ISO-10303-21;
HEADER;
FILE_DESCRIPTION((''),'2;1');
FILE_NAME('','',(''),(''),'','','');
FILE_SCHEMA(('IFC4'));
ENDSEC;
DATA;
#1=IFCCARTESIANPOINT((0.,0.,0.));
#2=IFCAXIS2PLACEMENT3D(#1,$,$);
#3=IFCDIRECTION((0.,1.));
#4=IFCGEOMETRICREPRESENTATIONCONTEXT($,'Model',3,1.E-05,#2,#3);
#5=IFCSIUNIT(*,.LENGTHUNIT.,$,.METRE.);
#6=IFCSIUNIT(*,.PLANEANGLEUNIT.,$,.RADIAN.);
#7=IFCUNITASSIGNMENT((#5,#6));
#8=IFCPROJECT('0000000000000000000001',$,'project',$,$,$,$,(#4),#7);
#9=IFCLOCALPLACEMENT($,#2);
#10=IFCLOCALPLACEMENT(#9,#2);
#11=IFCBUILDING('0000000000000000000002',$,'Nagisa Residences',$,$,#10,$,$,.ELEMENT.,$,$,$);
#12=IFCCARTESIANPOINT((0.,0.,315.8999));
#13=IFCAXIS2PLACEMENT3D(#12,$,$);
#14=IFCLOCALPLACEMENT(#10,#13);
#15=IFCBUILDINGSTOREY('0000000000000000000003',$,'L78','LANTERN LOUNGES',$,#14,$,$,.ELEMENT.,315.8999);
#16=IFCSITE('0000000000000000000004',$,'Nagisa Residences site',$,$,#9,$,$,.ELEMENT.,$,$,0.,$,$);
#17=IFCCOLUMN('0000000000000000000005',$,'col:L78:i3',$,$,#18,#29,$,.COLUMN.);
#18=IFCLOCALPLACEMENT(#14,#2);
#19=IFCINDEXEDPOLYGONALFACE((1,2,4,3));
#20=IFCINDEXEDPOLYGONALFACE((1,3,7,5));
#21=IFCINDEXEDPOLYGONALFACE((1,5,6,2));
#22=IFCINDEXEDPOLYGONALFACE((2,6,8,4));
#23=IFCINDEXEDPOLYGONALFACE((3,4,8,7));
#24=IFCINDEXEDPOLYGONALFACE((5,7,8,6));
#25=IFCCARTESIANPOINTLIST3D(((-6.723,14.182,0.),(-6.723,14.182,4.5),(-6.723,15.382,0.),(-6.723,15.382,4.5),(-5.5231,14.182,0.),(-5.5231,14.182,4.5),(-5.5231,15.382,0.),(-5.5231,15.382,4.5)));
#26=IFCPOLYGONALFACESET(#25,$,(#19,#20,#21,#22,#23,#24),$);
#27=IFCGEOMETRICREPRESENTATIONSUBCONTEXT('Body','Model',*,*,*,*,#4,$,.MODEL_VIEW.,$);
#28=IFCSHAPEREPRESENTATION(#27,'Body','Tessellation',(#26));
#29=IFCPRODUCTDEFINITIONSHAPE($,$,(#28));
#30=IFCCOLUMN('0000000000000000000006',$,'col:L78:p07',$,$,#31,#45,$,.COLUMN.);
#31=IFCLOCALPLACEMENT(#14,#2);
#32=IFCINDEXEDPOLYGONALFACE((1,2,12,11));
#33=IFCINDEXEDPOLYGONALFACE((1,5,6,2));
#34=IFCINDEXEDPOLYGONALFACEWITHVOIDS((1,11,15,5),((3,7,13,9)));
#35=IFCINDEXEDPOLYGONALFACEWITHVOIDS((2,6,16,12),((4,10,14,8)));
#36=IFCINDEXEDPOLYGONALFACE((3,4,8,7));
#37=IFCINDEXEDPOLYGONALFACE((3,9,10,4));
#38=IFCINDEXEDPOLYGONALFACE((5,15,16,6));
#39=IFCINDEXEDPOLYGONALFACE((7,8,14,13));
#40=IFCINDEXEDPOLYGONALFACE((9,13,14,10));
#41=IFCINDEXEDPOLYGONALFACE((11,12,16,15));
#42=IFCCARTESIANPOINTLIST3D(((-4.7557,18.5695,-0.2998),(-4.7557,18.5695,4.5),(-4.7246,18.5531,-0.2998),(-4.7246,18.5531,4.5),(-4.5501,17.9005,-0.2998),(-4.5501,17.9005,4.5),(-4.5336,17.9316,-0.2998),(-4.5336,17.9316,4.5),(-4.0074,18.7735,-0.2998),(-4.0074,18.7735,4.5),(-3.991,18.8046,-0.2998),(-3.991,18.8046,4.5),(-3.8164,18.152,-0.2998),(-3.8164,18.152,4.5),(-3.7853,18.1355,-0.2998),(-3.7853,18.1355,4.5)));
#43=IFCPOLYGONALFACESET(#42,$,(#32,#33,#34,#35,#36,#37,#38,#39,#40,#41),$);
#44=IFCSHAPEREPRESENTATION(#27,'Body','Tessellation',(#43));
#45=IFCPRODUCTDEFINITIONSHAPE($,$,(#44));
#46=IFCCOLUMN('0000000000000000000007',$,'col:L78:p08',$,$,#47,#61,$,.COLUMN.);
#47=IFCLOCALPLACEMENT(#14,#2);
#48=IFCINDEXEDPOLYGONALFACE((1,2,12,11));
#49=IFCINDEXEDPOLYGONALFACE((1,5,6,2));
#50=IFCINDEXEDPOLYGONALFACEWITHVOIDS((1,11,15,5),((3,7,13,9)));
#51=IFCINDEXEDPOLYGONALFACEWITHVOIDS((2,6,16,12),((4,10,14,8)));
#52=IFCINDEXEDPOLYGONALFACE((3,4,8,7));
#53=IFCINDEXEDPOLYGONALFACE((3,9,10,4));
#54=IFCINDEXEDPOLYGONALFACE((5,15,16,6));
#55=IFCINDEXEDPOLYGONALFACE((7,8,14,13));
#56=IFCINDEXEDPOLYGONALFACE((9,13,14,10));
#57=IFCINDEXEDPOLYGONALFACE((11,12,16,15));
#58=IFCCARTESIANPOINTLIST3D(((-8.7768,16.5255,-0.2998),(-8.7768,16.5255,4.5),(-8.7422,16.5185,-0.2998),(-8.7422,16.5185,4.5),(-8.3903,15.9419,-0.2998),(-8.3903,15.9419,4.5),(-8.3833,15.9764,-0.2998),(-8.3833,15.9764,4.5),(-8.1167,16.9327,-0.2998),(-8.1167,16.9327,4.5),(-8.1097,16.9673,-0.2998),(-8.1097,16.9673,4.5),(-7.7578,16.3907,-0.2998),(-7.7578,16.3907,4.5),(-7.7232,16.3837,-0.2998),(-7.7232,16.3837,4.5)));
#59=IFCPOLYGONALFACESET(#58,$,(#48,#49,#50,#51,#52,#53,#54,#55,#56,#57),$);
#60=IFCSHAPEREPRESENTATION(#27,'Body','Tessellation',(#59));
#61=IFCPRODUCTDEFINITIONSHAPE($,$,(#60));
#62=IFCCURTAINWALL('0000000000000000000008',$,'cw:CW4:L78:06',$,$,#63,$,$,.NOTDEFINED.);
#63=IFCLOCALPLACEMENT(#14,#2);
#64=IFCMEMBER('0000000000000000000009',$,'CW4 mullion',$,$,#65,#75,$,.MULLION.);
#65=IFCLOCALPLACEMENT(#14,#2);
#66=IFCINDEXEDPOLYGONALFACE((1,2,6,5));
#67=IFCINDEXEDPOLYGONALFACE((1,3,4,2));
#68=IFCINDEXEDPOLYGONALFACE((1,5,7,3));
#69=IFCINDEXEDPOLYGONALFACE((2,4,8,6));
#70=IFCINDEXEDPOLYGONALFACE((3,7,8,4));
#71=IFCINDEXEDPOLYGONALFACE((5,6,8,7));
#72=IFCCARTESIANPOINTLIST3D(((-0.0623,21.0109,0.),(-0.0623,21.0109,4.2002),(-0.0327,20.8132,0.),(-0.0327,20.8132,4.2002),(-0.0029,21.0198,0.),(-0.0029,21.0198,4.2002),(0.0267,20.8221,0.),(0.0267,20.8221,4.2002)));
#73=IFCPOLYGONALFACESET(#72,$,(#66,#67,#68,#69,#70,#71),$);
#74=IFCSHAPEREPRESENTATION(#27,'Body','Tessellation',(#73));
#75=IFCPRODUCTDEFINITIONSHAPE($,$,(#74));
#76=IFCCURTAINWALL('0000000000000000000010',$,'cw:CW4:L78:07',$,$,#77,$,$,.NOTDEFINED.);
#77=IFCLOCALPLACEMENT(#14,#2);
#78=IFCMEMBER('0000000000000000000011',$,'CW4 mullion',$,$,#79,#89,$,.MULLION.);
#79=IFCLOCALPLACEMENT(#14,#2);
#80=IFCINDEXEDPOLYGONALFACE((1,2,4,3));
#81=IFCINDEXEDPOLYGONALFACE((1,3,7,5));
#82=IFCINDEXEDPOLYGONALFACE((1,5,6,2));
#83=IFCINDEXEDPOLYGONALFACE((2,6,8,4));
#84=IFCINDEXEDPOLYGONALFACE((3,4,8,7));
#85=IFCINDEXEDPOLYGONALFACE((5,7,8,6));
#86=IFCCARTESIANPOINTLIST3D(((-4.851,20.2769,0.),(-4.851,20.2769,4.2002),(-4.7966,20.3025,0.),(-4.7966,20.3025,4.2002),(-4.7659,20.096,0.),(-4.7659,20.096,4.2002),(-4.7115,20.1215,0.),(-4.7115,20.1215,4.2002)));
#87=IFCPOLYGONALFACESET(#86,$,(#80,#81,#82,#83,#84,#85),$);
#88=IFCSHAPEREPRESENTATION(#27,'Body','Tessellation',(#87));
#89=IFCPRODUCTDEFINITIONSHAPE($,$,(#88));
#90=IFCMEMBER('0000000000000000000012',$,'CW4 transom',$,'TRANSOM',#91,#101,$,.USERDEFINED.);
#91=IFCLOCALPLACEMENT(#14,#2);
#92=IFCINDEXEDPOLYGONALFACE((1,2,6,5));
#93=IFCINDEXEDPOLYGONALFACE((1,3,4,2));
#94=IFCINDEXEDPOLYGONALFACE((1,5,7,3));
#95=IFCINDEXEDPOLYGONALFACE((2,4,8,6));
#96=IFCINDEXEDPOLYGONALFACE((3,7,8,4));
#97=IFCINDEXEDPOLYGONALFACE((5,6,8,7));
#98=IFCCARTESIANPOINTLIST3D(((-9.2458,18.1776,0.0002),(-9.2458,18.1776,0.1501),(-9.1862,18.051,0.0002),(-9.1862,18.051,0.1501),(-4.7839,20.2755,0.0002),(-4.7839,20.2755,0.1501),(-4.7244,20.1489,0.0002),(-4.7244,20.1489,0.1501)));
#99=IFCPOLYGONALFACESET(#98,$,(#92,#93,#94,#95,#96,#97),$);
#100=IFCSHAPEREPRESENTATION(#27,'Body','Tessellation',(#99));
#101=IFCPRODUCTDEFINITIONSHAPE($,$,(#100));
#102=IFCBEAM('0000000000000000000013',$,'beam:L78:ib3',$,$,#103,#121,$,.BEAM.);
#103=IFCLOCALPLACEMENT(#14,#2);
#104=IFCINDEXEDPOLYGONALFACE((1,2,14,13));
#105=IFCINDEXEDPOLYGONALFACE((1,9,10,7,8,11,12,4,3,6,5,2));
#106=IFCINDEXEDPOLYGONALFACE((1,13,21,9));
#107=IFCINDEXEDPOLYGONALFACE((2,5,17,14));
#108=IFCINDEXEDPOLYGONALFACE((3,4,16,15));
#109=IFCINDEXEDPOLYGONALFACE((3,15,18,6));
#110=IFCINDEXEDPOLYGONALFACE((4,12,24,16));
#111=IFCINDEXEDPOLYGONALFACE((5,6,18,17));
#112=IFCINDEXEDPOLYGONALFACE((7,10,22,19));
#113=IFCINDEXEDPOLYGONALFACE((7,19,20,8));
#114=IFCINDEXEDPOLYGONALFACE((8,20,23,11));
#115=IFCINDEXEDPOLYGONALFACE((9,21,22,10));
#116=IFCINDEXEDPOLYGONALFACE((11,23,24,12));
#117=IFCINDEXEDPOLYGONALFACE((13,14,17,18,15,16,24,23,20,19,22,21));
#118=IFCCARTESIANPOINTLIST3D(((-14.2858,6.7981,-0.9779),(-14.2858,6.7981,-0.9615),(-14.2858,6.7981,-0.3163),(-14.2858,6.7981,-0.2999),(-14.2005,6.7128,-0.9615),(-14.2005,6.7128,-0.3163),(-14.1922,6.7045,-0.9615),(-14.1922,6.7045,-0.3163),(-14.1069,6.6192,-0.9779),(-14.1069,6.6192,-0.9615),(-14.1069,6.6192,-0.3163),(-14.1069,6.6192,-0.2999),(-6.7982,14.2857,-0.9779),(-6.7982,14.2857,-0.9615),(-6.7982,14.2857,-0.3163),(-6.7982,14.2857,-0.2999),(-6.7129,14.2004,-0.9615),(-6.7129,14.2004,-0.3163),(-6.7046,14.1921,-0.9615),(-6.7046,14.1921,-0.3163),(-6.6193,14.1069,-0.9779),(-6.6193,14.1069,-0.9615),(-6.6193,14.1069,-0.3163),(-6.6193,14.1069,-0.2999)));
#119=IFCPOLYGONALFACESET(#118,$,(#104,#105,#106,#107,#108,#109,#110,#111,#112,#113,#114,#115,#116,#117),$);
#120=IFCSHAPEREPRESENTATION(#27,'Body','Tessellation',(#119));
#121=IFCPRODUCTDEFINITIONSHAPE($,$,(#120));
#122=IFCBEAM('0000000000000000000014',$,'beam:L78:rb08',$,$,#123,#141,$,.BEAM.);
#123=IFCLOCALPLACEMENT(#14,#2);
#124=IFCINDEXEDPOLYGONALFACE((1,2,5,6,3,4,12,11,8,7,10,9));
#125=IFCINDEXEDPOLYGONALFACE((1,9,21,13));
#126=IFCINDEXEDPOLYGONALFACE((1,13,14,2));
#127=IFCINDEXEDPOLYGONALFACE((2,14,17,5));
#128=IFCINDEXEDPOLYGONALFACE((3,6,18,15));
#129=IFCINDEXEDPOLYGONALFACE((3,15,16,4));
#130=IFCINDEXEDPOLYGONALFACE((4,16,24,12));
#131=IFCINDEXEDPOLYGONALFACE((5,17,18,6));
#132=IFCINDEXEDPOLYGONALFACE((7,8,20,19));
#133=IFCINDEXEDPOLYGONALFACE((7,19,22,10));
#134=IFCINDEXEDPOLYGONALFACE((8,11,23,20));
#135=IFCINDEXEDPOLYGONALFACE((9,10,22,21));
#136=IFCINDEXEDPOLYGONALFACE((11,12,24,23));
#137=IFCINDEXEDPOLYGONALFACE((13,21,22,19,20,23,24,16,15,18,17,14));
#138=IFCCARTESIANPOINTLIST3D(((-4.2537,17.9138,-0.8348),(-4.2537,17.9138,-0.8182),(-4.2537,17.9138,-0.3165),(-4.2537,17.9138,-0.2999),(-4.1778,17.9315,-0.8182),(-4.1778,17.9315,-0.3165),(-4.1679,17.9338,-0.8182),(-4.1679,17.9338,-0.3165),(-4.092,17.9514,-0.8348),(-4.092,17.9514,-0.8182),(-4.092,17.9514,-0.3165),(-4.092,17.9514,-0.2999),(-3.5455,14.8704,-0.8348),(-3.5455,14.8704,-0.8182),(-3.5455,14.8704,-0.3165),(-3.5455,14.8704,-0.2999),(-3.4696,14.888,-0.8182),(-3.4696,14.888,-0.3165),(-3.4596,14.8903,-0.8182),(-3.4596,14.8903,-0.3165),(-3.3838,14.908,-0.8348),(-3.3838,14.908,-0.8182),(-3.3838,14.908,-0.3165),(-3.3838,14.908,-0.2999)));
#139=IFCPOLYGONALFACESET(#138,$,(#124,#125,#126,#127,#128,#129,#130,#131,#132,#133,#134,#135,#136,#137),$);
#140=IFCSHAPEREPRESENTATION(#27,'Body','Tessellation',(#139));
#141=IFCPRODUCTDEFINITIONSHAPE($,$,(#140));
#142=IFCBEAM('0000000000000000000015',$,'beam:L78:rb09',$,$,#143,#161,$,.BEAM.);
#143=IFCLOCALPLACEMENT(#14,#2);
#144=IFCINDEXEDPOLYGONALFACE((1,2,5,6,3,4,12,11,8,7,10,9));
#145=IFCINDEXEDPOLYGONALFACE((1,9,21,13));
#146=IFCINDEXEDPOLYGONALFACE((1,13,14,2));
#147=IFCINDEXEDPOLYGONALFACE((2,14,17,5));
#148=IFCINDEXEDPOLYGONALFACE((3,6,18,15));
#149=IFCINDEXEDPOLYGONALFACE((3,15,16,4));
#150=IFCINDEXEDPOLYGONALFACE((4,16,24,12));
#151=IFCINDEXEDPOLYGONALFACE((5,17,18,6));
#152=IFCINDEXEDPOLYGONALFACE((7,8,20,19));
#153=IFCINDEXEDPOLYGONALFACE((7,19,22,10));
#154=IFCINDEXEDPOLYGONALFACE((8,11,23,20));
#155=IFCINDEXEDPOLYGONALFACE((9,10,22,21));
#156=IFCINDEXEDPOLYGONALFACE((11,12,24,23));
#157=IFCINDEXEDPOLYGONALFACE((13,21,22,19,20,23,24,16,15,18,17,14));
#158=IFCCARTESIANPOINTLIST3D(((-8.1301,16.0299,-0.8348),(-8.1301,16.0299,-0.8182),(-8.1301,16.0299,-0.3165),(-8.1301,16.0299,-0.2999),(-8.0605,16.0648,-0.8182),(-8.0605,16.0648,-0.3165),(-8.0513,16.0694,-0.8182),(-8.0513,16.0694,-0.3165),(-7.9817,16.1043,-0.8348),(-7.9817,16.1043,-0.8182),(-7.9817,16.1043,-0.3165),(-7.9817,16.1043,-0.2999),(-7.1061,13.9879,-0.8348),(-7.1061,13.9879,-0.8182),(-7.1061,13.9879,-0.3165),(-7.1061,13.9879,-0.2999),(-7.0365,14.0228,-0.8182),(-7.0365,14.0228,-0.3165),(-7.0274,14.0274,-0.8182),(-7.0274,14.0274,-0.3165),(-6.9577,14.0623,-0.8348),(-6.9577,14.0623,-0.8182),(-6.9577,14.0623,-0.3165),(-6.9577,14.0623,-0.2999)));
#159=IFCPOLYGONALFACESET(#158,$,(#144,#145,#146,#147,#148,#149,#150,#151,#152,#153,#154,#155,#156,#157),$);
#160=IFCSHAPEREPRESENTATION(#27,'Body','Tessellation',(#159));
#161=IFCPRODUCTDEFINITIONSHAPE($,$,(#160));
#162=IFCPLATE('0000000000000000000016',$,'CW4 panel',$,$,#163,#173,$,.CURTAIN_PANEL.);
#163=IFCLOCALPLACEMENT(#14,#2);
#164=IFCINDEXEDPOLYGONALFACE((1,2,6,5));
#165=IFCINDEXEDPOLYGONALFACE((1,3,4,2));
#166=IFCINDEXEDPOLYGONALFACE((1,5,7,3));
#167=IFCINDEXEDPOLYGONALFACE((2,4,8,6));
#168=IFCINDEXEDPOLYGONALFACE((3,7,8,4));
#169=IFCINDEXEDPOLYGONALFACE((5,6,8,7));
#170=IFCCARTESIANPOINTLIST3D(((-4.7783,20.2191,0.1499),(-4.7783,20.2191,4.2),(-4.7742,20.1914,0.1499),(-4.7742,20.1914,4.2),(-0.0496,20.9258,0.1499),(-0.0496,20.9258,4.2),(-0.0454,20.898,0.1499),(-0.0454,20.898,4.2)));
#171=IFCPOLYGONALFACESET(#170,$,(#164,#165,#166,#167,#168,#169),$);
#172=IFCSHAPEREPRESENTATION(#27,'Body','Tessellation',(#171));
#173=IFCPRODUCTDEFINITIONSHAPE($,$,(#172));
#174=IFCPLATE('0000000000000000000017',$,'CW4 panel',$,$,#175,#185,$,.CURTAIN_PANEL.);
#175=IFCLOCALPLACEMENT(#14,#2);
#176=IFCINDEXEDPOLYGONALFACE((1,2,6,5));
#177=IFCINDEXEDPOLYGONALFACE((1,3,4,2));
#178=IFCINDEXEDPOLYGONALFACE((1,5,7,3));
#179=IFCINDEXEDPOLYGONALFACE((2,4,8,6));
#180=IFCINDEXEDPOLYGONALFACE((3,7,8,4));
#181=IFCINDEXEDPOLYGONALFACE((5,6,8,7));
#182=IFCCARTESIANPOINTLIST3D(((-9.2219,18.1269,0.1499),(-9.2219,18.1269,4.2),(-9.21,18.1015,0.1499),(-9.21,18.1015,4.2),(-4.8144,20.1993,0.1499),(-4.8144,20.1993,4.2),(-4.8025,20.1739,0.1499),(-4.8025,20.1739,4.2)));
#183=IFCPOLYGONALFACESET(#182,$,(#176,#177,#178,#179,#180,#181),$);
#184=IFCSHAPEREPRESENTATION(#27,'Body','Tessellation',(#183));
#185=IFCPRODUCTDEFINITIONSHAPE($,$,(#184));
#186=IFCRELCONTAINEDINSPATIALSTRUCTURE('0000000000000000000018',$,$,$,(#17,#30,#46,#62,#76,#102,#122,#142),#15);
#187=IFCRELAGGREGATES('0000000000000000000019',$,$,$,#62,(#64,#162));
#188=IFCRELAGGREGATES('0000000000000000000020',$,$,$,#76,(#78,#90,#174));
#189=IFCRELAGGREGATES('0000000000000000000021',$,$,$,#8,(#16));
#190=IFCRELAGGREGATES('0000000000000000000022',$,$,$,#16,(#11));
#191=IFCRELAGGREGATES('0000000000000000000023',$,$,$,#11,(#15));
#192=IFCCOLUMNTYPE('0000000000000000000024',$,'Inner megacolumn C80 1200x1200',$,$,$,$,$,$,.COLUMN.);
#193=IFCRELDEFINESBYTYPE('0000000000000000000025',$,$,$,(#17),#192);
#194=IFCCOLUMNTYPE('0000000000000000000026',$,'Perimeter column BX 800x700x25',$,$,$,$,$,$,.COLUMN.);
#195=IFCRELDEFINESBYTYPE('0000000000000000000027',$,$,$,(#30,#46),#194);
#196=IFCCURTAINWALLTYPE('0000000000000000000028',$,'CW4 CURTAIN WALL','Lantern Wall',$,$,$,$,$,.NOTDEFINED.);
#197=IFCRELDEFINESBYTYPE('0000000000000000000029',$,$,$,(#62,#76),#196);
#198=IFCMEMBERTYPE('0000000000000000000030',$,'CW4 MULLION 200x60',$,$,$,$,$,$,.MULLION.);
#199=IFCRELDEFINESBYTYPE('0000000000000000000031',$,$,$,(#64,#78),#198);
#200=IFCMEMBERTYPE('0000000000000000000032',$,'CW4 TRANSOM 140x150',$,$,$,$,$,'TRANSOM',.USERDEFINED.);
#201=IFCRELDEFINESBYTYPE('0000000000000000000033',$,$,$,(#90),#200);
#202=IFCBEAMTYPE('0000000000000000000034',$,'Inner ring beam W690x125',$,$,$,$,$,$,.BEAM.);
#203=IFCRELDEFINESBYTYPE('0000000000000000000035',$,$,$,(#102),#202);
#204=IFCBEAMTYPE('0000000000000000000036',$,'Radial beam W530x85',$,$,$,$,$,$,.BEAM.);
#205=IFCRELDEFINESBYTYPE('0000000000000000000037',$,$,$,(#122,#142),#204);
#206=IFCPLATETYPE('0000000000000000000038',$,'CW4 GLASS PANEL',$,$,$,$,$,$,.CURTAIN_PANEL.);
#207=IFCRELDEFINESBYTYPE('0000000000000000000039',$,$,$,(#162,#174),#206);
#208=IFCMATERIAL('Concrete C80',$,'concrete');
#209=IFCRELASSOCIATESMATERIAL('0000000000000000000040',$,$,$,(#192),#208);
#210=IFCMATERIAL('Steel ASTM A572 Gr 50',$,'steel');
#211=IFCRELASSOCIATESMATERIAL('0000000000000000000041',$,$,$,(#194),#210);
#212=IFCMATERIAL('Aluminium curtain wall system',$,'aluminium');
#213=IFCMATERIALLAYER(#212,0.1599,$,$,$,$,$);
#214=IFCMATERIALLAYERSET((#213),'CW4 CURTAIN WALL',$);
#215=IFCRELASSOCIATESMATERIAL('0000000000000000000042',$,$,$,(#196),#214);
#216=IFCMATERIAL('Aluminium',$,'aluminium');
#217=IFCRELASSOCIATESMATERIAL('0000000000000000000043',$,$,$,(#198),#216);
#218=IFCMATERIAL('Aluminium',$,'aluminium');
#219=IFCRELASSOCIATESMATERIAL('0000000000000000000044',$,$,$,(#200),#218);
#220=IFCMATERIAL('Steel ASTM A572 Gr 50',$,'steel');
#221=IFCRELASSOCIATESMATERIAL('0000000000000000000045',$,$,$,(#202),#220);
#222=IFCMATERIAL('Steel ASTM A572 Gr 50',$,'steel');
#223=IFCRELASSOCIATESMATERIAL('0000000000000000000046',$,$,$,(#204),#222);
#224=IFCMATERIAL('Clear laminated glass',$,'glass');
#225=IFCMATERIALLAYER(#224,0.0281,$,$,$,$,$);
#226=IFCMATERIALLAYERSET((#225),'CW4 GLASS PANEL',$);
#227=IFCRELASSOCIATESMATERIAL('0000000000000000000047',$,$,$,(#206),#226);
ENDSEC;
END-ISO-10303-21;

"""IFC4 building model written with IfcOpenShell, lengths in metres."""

from ifc_helpers import new_model, si_unit, direction, frame, origin, origin_2d, place, context, subcontext, project, spatial, rectangle, hollow_rectangle, i_section, extrude, material, layer, layer_set, material_profile, profile_set, type_object, element, aggregate, save


model = new_model("IFC4")

# Units and contexts
model_context = context("Model", 3, precision=1e-05, world=origin(), true_north=direction((0.0, 1.0)))
body_context = subcontext(model_context, "Body", "Model", "MODEL_VIEW")
ifc_project = project(units=[si_unit("LENGTHUNIT", "METRE"), si_unit("PLANEANGLEUNIT", "RADIAN")], contexts=[model_context])

# Site, building, storey
site_placement = place(None, origin())
site = spatial("IfcSite", under=ifc_project, at=site_placement, Name="Nagisa Residences site", CompositionType="ELEMENT", RefElevation=0.0)
building_placement = place(site_placement, origin())
building = spatial("IfcBuilding", under=site, at=building_placement, Name="Nagisa Residences", CompositionType="ELEMENT")
storey_placement = place(building_placement, frame((0.0, 0.0, 315.8999)))
storey = spatial("IfcBuildingStorey", under=building, at=storey_placement, Name="L78", Description="LANTERN LOUNGES", CompositionType="ELEMENT", Elevation=315.8999)

# Columns
ifc_material_1 = material(Name="Concrete C80", Category="concrete")
ifc_material_profile_1 = material_profile(ifc_material_1, rectangle(XDim=1.2, YDim=1.2, at=origin_2d()), Name="C80 1200x1200")
ifc_profile_set_1 = profile_set([ifc_material_profile_1], Name="Concrete C80")
column_type_1 = type_object("IfcColumnType", Name="Inner megacolumn C80 1200x1200", PredefinedType="COLUMN", material=ifc_profile_set_1)
column_placement = place(storey_placement, frame((-6.123, 14.782, 0.0), z_axis=(0.0, 0.0, 1.0), x_axis=(1.0, 0.0, 0.0)))
element("IfcColumn", 1, at=column_placement, inside=storey, type_object=column_type_1, Name="col:L78:i3", PredefinedType="COLUMN", context=body_context, shape_type="SweptSolid", body=[
    extrude(rectangle(XDim=1.2, YDim=1.2, at=origin_2d()), origin(), (0.0, 0.0, 1.0), 4.5),
])
ifc_material_2 = material(Name="Steel ASTM A572 Gr 50", Category="steel")
ifc_material_profile_2 = material_profile(ifc_material_2, hollow_rectangle(XDim=0.8, YDim=0.7, WallThickness=0.0249, at=origin_2d()), Name="BX 800x700x25")
ifc_profile_set_2 = profile_set([ifc_material_profile_2], Name="Steel ASTM A572 Gr 50")
column_type_2 = type_object("IfcColumnType", Name="Perimeter column BX 800x700x25", PredefinedType="COLUMN", material=ifc_profile_set_2)
for number, where, z_axis, x_axis, name in (
    (2, (-4.2705, 18.3525, -0.2998), (0.0, 0.0, 1.0), (-0.95587, -0.29379, 0.0), "col:L78:p07"),
    (3, (-8.25, 16.4546, -0.2998), (0.0, 0.0, 1.0), (-0.833744, -0.552151, 0.0), "col:L78:p08"),
):
    element("IfcColumn", number, at=place(storey_placement, frame(where, z_axis=z_axis, x_axis=x_axis)), inside=storey, type_object=column_type_2, Name=name, PredefinedType="COLUMN", context=body_context, shape_type="SweptSolid", body=[
        extrude(hollow_rectangle(XDim=0.8, YDim=0.7, WallThickness=0.0249, at=origin_2d()), origin(), (0.0, 0.0, 1.0), 4.7998),
    ])

# Curtain wall, member
ifc_material_3 = material(Name="Aluminium curtain wall system", Category="aluminium")
ifc_layer_1 = layer(ifc_material_3, 0.1599)
ifc_layer_set_1 = layer_set([ifc_layer_1], Name="CW4 CURTAIN WALL")
curtain_wall_type = type_object("IfcCurtainWallType", Name="CW4 CURTAIN WALL", Description="Lantern Wall", PredefinedType="NOTDEFINED", material=ifc_layer_set_1)
curtain_wall_1_placement = place(storey_placement, origin())
curtain_wall_1 = element("IfcCurtainWall", 4, at=curtain_wall_1_placement, inside=storey, type_object=curtain_wall_type, Name="cw:CW4:L78:06", PredefinedType="NOTDEFINED")
ifc_material_4 = material(Name="Aluminium", Category="aluminium")
ifc_material_profile_3 = material_profile(ifc_material_4, rectangle(XDim=0.2, YDim=0.0601, at=origin_2d()), Name="CW4 MULLION 200x60")
ifc_profile_set_3 = profile_set([ifc_material_profile_3], Name="Aluminium")
member_type_1 = type_object("IfcMemberType", Name="CW4 MULLION 200x60", PredefinedType="MULLION", material=ifc_profile_set_3)
member_1_placement = place(storey_placement, frame((-0.0178, 20.9165, 0.0), z_axis=(0.0, 0.0, 1.0), x_axis=(0.147802, -0.989017, 0.0)))
member_1 = element("IfcMember", 5, at=member_1_placement, type_object=member_type_1, Name="CW4 mullion", PredefinedType="MULLION", context=body_context, shape_type="SweptSolid", body=[
    extrude(rectangle(XDim=0.2, YDim=0.0601, at=origin_2d()), origin(), (0.0, 0.0, 1.0), 4.2002),
])

# Curtain wall, members
curtain_wall_2_placement = place(storey_placement, origin())
curtain_wall_2 = element("IfcCurtainWall", 6, at=curtain_wall_2_placement, inside=storey, type_object=curtain_wall_type, Name="cw:CW4:L78:07", PredefinedType="NOTDEFINED")
member_2_placement = place(storey_placement, frame((-4.7812, 20.1992, 0.0), z_axis=(0.0, 0.0, 1.0), x_axis=(0.425501, -0.904958, 0.0)))
member_2 = element("IfcMember", 7, at=member_2_placement, type_object=member_type_1, Name="CW4 mullion", PredefinedType="MULLION", context=body_context, shape_type="SweptSolid", body=[
    extrude(rectangle(XDim=0.2, YDim=0.0601, at=origin_2d()), origin(), (0.0, 0.0, 1.0), 4.2002),
])
ifc_material_5 = material(Name="Aluminium", Category="aluminium")
ifc_material_profile_4 = material_profile(ifc_material_5, rectangle(XDim=0.1399, YDim=0.1499, at=origin_2d()), Name="CW4 TRANSOM 140x150")
ifc_profile_set_4 = profile_set([ifc_material_profile_4], Name="Aluminium")
member_type_2 = type_object("IfcMemberType", Name="CW4 TRANSOM 140x150", ElementType="TRANSOM", PredefinedType="USERDEFINED", material=ifc_profile_set_4)
member_3_placement = place(storey_placement, frame((-4.7542, 20.2122, 0.0752), z_axis=(-0.904961, -0.425494, 0.0), x_axis=(0.425494, -0.904961, 0.0)))
member_3 = element("IfcMember", 8, at=member_3_placement, type_object=member_type_2, Name="CW4 transom", ObjectType="TRANSOM", PredefinedType="USERDEFINED", context=body_context, shape_type="SweptSolid", body=[
    extrude(rectangle(XDim=0.1399, YDim=0.1499, at=origin_2d()), origin(), (0.0, 0.0, 1.0), 4.9304),
])

# Beams
ifc_material_6 = material(Name="Steel ASTM A572 Gr 50", Category="steel")
ifc_material_profile_5 = material_profile(ifc_material_6, i_section(OverallWidth=0.2529, OverallDepth=0.678, WebThickness=0.0117, FlangeThickness=0.0164, at=origin_2d()), Name="W690x125")
ifc_profile_set_5 = profile_set([ifc_material_profile_5], Name="Steel ASTM A572 Gr 50")
beam_type_1 = type_object("IfcBeamType", Name="Inner ring beam W690x125", PredefinedType="BEAM", material=ifc_profile_set_5)
beam_1_placement = place(storey_placement, frame((-6.7087, 14.1963, -0.6389), z_axis=(-0.707107, -0.707107, 0.0), x_axis=(0.707107, -0.707107, 0.0)))
element("IfcBeam", 9, at=beam_1_placement, inside=storey, type_object=beam_type_1, Name="beam:L78:ib3", PredefinedType="BEAM", context=body_context, shape_type="SweptSolid", body=[
    extrude(i_section(OverallWidth=0.2529, OverallDepth=0.678, WebThickness=0.0117, FlangeThickness=0.0164, at=origin_2d()), origin(), (0.0, 0.0, 1.0), 10.5891),
])
ifc_material_7 = material(Name="Steel ASTM A572 Gr 50", Category="steel")
ifc_material_profile_6 = material_profile(ifc_material_7, i_section(OverallWidth=0.166, OverallDepth=0.5349, WebThickness=0.0103, FlangeThickness=0.0166, at=origin_2d()), Name="W530x85")
ifc_profile_set_6 = profile_set([ifc_material_profile_6], Name="Steel ASTM A572 Gr 50")
beam_type_2 = type_object("IfcBeamType", Name="Radial beam W530x85", PredefinedType="BEAM", material=ifc_profile_set_6)
beam_2_placement = place(storey_placement, frame((-4.1729, 17.9326, -0.5674), z_axis=(0.226657, -0.973975, 0.0), x_axis=(0.973975, 0.226657, 0.0)))
element("IfcBeam", 10, at=beam_2_placement, inside=storey, type_object=beam_type_2, Name="beam:L78:rb08", PredefinedType="BEAM", context=body_context, shape_type="SweptSolid", body=[
    extrude(i_section(OverallWidth=0.166, OverallDepth=0.5349, WebThickness=0.0103, FlangeThickness=0.0166, at=origin_2d()), origin(), (0.0, 0.0, 1.0), 3.1248),
])
beam_3_placement = place(storey_placement, frame((-8.0559, 16.0671, -0.5674), z_axis=(0.448239, -0.893914, 0.0), x_axis=(0.893914, 0.448239, 0.0)))
element("IfcBeam", 11, at=beam_3_placement, inside=storey, type_object=beam_type_2, Name="beam:L78:rb09", PredefinedType="BEAM", context=body_context, shape_type="SweptSolid", body=[
    extrude(i_section(OverallWidth=0.166, OverallDepth=0.5349, WebThickness=0.0103, FlangeThickness=0.0166, at=origin_2d()), origin(), (0.0, 0.0, 1.0), 2.2844),
])

# Plates
ifc_material_8 = material(Name="Clear laminated glass", Category="glass")
ifc_layer_2 = layer(ifc_material_8, 0.0281)
ifc_layer_set_2 = layer_set([ifc_layer_2], Name="CW4 GLASS PANEL")
plate_type = type_object("IfcPlateType", Name="CW4 GLASS PANEL", PredefinedType="CURTAIN_PANEL", material=ifc_layer_set_2)
plate_1_placement = place(storey_placement, frame((-2.4119, 20.5586, 0.1499), z_axis=(0.0, 0.0, 1.0), x_axis=(-0.989017, -0.147802, 0.0)))
plate_1 = element("IfcPlate", 12, at=plate_1_placement, type_object=plate_type, Name="CW4 panel", PredefinedType="CURTAIN_PANEL", context=body_context, shape_type="SweptSolid", body=[
    extrude(rectangle(XDim=4.7812, YDim=0.0281, at=origin_2d()), origin(), (0.0, 0.0, 1.0), 4.05),
])
aggregate(curtain_wall_1, [member_1, plate_1])
plate_2_placement = place(storey_placement, frame((-7.0122, 19.1504, 0.1499), z_axis=(0.0, 0.0, 1.0), x_axis=(-0.904958, -0.425501, 0.0)))
plate_2 = element("IfcPlate", 13, at=plate_2_placement, type_object=plate_type, Name="CW4 panel", PredefinedType="CURTAIN_PANEL", context=body_context, shape_type="SweptSolid", body=[
    extrude(rectangle(XDim=4.8704, YDim=0.0281, at=origin_2d()), origin(), (0.0, 0.0, 1.0), 4.05),
])
aggregate(curtain_wall_2, [member_2, member_3, plate_2])

save(model, "model.ifc")
